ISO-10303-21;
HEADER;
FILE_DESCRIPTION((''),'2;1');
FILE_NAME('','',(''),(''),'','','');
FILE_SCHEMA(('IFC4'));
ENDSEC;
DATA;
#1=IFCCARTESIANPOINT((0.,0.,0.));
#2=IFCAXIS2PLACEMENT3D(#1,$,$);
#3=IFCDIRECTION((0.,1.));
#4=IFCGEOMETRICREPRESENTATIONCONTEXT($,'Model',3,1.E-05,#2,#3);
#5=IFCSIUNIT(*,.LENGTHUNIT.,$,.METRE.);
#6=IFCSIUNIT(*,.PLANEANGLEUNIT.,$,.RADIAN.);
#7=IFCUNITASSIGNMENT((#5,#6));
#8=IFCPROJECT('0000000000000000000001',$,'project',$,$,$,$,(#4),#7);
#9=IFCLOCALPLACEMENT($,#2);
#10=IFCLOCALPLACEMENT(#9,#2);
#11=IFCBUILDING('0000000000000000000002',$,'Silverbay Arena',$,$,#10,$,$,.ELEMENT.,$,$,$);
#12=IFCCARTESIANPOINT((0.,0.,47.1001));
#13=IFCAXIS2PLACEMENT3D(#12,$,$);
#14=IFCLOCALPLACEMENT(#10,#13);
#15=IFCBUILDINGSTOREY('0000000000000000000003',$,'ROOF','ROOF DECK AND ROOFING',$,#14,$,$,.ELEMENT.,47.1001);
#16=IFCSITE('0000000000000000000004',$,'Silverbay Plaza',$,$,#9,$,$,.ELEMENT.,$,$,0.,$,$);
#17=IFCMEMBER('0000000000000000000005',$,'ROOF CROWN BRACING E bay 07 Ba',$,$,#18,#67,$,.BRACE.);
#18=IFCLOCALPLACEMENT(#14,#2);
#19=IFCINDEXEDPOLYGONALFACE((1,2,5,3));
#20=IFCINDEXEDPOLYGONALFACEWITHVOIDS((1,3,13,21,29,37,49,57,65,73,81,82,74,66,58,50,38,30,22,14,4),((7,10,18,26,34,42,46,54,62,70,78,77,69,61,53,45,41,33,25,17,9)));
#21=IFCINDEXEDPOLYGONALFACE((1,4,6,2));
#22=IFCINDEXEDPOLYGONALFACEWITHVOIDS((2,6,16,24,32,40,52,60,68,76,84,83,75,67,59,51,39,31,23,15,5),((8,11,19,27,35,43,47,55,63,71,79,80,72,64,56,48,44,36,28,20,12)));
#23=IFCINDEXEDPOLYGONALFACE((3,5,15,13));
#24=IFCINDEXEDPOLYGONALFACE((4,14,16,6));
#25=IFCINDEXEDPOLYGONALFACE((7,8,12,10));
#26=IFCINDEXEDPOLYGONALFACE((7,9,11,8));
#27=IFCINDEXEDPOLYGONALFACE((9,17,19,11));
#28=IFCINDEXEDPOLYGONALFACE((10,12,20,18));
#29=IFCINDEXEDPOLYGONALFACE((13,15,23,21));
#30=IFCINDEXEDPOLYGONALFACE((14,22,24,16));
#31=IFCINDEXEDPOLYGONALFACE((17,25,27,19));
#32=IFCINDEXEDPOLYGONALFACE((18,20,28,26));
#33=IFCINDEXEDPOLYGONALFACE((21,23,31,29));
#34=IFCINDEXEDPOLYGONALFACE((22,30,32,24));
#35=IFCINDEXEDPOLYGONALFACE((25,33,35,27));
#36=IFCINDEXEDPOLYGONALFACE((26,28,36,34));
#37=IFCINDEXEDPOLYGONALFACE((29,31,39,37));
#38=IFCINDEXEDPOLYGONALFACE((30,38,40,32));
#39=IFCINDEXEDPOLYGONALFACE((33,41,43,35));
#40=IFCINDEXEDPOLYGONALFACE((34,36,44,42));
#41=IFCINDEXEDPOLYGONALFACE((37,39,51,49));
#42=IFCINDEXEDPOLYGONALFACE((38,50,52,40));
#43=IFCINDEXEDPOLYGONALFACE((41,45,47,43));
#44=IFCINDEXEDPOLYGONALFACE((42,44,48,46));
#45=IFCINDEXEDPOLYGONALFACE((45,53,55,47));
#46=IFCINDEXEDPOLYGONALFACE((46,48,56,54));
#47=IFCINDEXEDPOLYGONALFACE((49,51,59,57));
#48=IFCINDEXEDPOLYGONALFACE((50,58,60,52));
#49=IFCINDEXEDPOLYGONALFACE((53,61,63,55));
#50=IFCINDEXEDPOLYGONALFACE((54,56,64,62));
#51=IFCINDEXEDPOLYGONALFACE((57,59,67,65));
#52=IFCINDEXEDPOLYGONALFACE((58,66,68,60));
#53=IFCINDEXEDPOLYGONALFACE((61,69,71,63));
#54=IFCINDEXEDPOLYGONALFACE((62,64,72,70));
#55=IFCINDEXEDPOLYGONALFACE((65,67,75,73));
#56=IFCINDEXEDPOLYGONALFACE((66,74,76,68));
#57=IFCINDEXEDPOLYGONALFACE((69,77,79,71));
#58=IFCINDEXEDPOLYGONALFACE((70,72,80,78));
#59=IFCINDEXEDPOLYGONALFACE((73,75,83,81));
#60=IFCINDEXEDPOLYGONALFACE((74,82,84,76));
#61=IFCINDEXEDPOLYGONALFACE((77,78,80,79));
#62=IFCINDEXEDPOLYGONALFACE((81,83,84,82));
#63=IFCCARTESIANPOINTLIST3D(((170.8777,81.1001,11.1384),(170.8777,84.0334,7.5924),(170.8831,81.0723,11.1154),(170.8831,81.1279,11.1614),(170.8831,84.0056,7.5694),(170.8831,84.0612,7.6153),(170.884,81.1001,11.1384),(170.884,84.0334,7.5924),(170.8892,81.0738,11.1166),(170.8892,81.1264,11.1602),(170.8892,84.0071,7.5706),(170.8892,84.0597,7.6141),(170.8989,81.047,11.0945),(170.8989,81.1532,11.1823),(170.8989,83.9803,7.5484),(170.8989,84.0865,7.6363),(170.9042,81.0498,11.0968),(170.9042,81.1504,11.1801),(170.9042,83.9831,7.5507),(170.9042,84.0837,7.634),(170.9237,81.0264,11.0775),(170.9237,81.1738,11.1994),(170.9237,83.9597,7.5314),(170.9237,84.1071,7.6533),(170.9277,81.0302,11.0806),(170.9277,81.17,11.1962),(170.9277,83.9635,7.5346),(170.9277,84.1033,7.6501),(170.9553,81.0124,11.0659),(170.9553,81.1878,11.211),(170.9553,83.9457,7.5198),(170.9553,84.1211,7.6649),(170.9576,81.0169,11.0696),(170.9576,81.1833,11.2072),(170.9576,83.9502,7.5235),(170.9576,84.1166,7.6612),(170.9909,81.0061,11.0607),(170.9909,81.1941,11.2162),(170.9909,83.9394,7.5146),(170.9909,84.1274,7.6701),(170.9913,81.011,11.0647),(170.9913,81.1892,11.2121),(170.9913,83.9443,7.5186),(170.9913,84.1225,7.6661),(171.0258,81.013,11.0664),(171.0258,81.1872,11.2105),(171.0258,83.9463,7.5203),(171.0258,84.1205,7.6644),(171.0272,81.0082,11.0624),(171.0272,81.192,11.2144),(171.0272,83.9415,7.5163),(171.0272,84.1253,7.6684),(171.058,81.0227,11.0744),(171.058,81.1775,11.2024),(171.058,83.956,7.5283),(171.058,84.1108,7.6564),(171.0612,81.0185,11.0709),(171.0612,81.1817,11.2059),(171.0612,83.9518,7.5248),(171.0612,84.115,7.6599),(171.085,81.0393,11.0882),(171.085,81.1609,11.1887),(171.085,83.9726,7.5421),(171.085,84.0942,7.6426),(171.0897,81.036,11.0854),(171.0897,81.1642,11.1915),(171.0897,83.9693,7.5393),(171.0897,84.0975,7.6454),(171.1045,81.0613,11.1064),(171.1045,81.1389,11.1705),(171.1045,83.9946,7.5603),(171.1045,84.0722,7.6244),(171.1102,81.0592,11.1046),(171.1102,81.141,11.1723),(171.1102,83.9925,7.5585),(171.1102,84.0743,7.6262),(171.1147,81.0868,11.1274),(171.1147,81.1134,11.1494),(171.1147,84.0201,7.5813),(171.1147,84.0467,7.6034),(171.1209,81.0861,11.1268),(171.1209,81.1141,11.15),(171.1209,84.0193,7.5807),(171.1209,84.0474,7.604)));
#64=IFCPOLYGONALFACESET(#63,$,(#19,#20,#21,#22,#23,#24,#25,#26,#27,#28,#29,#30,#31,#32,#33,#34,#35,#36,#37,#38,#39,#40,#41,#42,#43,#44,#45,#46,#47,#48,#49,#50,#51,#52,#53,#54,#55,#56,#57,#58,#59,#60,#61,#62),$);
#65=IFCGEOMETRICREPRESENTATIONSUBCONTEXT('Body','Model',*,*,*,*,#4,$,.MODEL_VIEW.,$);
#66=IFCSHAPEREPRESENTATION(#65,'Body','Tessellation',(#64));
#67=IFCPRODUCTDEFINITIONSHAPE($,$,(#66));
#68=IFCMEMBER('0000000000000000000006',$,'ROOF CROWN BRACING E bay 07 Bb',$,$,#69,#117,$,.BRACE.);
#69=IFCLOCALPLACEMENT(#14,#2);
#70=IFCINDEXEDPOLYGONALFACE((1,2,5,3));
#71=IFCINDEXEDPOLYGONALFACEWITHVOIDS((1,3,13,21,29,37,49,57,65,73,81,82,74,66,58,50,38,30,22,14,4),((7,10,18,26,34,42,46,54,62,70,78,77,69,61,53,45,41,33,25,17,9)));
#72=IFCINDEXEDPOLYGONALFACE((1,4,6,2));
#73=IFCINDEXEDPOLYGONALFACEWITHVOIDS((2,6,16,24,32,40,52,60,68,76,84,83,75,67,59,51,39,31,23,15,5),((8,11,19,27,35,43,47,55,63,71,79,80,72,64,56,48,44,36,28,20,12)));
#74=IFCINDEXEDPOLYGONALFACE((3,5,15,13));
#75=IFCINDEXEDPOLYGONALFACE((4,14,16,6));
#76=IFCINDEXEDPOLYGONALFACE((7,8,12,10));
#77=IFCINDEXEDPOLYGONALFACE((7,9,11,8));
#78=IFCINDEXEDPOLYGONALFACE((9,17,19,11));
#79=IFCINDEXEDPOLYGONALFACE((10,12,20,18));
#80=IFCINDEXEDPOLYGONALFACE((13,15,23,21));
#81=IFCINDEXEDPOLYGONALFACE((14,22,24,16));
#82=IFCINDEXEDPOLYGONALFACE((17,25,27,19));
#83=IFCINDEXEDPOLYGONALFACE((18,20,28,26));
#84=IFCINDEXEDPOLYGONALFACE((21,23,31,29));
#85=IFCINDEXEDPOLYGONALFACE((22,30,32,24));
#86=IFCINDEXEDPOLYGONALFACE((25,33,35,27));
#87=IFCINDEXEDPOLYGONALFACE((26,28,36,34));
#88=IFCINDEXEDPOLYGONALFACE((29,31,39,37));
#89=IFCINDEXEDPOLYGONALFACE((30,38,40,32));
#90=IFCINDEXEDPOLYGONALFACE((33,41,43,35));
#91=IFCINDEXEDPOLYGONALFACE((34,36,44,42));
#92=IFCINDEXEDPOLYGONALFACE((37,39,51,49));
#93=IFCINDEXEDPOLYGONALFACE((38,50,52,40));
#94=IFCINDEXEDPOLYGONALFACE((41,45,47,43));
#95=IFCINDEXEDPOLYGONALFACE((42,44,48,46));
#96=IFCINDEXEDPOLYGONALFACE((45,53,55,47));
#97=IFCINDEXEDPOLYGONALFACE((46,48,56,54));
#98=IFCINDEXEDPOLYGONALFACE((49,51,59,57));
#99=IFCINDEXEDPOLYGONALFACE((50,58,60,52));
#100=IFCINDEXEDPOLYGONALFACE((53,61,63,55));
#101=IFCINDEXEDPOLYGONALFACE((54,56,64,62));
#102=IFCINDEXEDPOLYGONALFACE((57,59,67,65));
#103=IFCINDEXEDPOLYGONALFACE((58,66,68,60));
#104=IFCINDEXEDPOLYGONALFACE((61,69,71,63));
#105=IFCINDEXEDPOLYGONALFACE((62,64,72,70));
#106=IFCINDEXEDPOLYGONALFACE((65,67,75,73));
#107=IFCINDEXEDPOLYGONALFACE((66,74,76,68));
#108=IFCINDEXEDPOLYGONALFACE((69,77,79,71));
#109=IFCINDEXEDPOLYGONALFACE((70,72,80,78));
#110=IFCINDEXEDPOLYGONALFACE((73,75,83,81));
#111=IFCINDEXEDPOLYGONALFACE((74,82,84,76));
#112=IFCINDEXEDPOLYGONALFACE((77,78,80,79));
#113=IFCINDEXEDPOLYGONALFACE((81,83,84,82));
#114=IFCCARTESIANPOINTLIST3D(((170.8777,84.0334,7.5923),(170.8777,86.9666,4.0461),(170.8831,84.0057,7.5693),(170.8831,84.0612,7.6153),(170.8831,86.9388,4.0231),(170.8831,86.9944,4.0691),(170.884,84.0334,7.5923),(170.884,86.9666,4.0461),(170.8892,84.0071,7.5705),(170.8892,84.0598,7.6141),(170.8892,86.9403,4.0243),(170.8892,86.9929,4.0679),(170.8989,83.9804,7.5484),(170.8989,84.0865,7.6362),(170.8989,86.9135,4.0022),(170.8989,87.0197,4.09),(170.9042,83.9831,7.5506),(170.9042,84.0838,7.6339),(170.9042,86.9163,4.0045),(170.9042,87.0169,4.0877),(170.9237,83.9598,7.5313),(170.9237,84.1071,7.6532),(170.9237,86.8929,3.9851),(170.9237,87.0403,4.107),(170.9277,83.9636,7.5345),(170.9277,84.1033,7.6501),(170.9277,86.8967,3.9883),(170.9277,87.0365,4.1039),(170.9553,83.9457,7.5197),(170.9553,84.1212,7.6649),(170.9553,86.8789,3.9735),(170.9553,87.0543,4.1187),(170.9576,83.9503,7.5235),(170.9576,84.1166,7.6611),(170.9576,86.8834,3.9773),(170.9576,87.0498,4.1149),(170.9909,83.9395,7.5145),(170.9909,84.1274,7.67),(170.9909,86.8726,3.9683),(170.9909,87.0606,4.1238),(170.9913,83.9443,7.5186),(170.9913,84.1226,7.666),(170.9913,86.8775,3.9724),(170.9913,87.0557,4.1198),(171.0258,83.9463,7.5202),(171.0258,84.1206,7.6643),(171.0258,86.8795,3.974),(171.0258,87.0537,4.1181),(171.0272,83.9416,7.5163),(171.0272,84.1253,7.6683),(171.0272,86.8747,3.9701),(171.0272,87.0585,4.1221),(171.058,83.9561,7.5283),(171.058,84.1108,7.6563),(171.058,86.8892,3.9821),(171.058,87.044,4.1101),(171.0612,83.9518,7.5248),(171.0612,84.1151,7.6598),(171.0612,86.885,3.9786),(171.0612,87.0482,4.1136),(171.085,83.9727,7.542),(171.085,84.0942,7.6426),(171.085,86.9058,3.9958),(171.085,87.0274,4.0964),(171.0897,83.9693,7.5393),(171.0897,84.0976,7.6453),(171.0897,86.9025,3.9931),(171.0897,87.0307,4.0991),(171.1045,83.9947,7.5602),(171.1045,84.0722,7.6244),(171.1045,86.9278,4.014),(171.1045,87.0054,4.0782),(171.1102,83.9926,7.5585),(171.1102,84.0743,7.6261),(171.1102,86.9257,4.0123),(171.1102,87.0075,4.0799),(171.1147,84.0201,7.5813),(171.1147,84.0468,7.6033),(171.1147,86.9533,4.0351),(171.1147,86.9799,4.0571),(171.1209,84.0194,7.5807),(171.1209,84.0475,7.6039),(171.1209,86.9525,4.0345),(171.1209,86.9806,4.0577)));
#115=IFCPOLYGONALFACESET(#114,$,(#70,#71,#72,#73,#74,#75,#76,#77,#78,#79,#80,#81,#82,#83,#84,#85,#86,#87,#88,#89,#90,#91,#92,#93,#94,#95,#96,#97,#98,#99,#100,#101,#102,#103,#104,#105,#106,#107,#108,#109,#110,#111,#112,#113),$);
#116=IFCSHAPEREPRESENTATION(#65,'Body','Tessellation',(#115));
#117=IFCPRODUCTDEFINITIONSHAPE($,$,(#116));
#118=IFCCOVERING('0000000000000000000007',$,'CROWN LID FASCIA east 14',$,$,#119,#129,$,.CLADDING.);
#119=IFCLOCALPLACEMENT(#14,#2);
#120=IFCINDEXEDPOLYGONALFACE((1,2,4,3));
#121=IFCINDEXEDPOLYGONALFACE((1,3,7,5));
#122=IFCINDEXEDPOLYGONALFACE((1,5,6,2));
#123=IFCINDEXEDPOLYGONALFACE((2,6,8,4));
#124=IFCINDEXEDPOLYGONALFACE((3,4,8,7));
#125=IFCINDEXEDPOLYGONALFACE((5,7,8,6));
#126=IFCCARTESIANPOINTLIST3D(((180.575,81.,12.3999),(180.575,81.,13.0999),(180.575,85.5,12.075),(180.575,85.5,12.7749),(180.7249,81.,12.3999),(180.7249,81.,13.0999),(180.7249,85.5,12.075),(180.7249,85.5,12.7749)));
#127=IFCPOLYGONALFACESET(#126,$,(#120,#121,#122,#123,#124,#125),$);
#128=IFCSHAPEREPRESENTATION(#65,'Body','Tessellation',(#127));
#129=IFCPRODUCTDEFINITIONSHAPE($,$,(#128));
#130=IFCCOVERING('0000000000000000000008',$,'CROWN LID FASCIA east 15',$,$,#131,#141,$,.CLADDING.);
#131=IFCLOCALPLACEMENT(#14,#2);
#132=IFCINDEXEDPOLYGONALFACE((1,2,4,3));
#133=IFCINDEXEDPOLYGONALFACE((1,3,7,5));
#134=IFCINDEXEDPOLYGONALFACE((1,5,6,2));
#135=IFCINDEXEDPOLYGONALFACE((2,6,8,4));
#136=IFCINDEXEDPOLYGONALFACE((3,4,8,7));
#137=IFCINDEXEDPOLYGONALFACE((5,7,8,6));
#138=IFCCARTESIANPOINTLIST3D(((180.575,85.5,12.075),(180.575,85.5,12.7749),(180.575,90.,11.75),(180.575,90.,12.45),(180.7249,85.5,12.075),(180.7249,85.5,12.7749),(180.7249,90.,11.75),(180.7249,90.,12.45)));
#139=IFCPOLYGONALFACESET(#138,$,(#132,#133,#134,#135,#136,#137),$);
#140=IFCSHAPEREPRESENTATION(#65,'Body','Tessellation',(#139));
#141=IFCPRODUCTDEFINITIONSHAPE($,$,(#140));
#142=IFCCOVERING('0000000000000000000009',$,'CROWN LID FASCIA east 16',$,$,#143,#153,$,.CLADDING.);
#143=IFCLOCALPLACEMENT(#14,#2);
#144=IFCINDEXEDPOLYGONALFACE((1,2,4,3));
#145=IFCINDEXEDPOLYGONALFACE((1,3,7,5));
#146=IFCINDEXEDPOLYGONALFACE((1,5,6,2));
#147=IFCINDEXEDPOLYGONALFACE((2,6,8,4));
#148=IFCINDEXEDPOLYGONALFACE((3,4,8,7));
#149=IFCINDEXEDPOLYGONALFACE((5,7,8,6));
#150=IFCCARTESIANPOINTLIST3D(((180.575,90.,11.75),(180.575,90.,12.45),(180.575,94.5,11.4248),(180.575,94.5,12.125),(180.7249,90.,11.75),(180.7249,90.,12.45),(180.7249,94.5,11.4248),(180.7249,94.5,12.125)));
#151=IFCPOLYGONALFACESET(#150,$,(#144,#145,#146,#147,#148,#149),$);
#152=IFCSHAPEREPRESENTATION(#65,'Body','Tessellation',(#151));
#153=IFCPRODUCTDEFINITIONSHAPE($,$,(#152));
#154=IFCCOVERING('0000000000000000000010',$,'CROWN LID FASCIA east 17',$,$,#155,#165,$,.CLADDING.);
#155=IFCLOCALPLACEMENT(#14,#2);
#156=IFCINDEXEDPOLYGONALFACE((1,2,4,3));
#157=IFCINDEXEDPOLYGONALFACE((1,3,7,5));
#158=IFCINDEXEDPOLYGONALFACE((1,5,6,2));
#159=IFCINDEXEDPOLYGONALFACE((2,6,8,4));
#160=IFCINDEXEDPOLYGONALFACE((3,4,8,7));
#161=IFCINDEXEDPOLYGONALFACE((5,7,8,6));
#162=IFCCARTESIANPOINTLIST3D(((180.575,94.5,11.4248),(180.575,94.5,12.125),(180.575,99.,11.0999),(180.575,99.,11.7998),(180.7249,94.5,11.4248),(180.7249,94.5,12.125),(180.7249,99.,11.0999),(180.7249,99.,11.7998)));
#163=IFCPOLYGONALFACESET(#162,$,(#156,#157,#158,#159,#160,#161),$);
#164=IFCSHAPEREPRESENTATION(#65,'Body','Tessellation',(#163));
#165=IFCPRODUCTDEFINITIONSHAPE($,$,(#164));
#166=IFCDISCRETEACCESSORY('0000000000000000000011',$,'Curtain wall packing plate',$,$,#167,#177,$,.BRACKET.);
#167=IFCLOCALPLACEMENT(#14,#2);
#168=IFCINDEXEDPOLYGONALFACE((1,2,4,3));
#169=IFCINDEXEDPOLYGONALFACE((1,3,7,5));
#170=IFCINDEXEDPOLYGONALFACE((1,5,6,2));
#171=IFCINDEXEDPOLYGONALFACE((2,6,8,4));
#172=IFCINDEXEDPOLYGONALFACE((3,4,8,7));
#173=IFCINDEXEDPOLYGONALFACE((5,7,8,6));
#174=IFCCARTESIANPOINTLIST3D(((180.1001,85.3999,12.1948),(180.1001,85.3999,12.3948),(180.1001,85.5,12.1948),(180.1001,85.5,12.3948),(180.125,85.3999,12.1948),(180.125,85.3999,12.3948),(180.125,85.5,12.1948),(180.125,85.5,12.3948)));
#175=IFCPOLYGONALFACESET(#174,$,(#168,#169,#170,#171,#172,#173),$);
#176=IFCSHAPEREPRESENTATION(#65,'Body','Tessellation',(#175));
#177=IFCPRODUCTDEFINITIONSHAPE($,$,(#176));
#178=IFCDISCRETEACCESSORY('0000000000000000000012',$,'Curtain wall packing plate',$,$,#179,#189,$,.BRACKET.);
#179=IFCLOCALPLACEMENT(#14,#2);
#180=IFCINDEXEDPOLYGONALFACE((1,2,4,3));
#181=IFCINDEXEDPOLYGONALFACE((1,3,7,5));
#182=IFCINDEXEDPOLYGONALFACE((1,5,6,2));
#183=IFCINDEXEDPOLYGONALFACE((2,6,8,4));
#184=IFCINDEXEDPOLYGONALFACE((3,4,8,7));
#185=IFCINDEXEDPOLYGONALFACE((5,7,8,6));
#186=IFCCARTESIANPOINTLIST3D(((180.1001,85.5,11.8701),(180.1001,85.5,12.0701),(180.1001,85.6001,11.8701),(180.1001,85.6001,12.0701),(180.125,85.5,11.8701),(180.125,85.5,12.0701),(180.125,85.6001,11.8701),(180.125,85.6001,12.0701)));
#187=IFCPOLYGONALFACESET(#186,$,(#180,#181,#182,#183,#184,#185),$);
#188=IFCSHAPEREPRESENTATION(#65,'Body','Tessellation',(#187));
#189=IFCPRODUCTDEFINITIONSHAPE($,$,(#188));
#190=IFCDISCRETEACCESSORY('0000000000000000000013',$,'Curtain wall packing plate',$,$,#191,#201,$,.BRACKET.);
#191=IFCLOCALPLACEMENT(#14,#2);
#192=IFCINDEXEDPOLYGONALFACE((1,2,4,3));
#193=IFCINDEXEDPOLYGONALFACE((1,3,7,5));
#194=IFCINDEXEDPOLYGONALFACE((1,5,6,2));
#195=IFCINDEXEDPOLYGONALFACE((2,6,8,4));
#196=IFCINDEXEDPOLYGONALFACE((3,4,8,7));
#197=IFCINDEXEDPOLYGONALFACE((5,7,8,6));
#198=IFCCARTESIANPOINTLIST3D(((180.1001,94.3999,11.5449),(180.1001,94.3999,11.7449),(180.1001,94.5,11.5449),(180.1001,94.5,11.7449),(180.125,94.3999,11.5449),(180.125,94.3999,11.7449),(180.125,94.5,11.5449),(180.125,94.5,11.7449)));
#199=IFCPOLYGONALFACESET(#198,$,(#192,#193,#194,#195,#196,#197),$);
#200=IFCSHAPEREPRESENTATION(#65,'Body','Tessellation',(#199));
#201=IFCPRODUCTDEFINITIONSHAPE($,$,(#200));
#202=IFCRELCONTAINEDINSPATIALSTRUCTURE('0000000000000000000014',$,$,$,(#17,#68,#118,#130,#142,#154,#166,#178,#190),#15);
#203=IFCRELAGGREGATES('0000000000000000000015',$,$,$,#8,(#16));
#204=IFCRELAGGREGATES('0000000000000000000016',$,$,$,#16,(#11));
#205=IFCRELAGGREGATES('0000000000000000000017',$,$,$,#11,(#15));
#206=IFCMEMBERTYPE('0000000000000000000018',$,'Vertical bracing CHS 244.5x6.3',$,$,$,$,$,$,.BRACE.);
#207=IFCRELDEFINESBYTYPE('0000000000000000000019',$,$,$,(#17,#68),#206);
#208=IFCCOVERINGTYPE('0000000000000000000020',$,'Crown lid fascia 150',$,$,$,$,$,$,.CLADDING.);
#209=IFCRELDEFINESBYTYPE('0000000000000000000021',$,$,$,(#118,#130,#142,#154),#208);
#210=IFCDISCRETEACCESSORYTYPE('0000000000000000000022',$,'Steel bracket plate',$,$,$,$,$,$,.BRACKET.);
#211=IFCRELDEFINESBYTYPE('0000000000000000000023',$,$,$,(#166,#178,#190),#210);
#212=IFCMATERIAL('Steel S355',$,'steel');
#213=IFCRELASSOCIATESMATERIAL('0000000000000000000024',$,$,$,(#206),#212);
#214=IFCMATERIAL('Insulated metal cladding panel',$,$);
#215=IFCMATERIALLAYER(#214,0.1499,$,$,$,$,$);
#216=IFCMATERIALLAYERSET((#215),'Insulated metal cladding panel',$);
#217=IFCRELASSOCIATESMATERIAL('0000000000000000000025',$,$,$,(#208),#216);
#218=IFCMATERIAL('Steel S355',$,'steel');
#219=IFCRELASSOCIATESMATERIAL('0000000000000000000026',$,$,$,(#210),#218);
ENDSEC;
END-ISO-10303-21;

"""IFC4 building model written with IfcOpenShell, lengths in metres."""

from ifc_helpers import new_model, si_unit, direction, frame, origin, origin_2d, place, context, subcontext, project, spatial, polyline, rectangle, hollow_circle, outline, extrude, material, layer, layer_set, material_profile, profile_set, type_object, element, save


model = new_model("IFC4")

# Units and contexts
model_context = context("Model", 3, precision=1e-05, world=origin(), true_north=direction((0.0, 1.0)))
body_context = subcontext(model_context, "Body", "Model", "MODEL_VIEW")
ifc_project = project(units=[si_unit("LENGTHUNIT", "METRE"), si_unit("PLANEANGLEUNIT", "RADIAN")], contexts=[model_context])

# Site, building, storey
site_placement = place(None, origin())
site = spatial("IfcSite", under=ifc_project, at=site_placement, Name="Silverbay Plaza", CompositionType="ELEMENT", RefElevation=0.0)
building_placement = place(site_placement, origin())
building = spatial("IfcBuilding", under=site, at=building_placement, Name="Silverbay Arena", CompositionType="ELEMENT")
storey_placement = place(building_placement, frame((0.0, 0.0, 47.1001)))
storey = spatial("IfcBuildingStorey", under=building, at=storey_placement, Name="ROOF", Description="ROOF DECK AND ROOFING", CompositionType="ELEMENT", Elevation=47.1001)

# Members
ifc_material_1 = material(Name="Steel S355", Category="steel")
ifc_material_profile_1 = material_profile(ifc_material_1, hollow_circle(Radius=0.1223, WallThickness=0.0063, at=origin_2d()), Name="CHS 244.5x6.3")
ifc_profile_set_1 = profile_set([ifc_material_profile_1], Name="Steel S355")
member_type_1 = type_object("IfcMemberType", Name="Vertical bracing CHS 244.5x6.3", PredefinedType="BRACE", material=ifc_profile_set_1)
for number, where, z_axis, x_axis, name in (
    (1, (171.0, 81.1001, 11.1384), (0.0, 0.637389, -0.770543), (-1.0, 0.0, 0.0), "ROOF CROWN BRACING E bay 07 Ba"),
    (2, (171.0, 84.0334, 7.5923), (0.0, 0.637357, -0.770569), (-1.0, 0.0, 0.0), "ROOF CROWN BRACING E bay 07 Bb"),
):
    element("IfcMember", number, at=place(storey_placement, frame(where, z_axis=z_axis, x_axis=x_axis)), inside=storey, type_object=member_type_1, Name=name, PredefinedType="BRACE", context=body_context, shape_type="SweptSolid", body=[
        extrude(hollow_circle(Radius=0.1223, WallThickness=0.0063, at=origin_2d()), origin(), (0.0, 0.0, 1.0), 4.6021),
    ])

# Coverings
ifc_material_2 = material(Name="Insulated metal cladding panel")
ifc_layer_1 = layer(ifc_material_2, 0.1499)
ifc_layer_set_1 = layer_set([ifc_layer_1], Name="Insulated metal cladding panel")
covering_type = type_object("IfcCoveringType", Name="Crown lid fascia 150", PredefinedType="CLADDING", material=ifc_layer_set_1)
for number, where, z_axis, x_axis, name in (
    (3, (180.575, 81.0, 13.0999), (-1.0, 0.0, 0.0), (0.0, 0.997403, -0.072024), "CROWN LID FASCIA east 14"),
    (4, (180.575, 85.5, 12.7749), (-1.0, 0.0, 0.0), (0.0, 0.997403, -0.072024), "CROWN LID FASCIA east 15"),
):
    element("IfcCovering", number, at=place(storey_placement, frame(where, z_axis=z_axis, x_axis=x_axis)), inside=storey, type_object=covering_type, Name=name, PredefinedType="CLADDING", context=body_context, shape_type="SweptSolid", body=[
        extrude(outline(polyline([(0.0, 0.0), (4.5117, 0.0), (4.5621, 0.6981), (0.0504, 0.6981), (0.0, 0.0)])), origin(), (0.0, 0.0, -1.0), 0.1499),
    ])
covering_1_placement = place(storey_placement, frame((180.575, 90.0, 12.45), z_axis=(-1.0, 0.0, 0.0), x_axis=(0.0, 0.997403, -0.072024)))
element("IfcCovering", 5, at=covering_1_placement, inside=storey, type_object=covering_type, Name="CROWN LID FASCIA east 16", PredefinedType="CLADDING", context=body_context, shape_type="SweptSolid", body=[
    extrude(outline(polyline([(0.0, 0.0), (4.5117, 0.0), (4.5621, 0.6984), (0.0504, 0.6981), (0.0, 0.0)])), origin(), (0.0, 0.0, -1.0), 0.1499),
])
covering_2_placement = place(storey_placement, frame((180.575, 94.5, 12.125), z_axis=(-1.0, 0.0, 0.0), x_axis=(0.0, 0.997399, -0.072078)))
element("IfcCovering", 6, at=covering_2_placement, inside=storey, type_object=covering_type, Name="CROWN LID FASCIA east 17", PredefinedType="CLADDING", context=body_context, shape_type="SweptSolid", body=[
    extrude(outline(polyline([(0.0, 0.0), (4.5117, 0.0), (4.5622, 0.6981), (0.0505, 0.6984), (0.0, 0.0)])), origin(), (0.0, 0.0, -1.0), 0.1499),
])

# Discrete accessories
ifc_material_3 = material(Name="Steel S355", Category="steel")
discrete_accessory_type = type_object("IfcDiscreteAccessoryType", Name="Steel bracket plate", PredefinedType="BRACKET", material=ifc_material_3)
for number, where, z_axis, x_axis, name in (
    (7, (180.1125, 85.45, 12.1948), (0.0, 0.0, 1.0), (1.0, 0.0, 0.0), "Curtain wall packing plate"),
    (8, (180.1125, 85.55, 11.8701), (0.0, 0.0, 1.0), (1.0, 0.0, 0.0), "Curtain wall packing plate"),
    (9, (180.1125, 94.45, 11.5449), (0.0, 0.0, 1.0), (1.0, 0.0, 0.0), "Curtain wall packing plate"),
):
    element("IfcDiscreteAccessory", number, at=place(storey_placement, frame(where, z_axis=z_axis, x_axis=x_axis)), inside=storey, type_object=discrete_accessory_type, Name=name, PredefinedType="BRACKET", context=body_context, shape_type="SweptSolid", body=[
        extrude(rectangle(XDim=0.0249, YDim=0.1001, at=origin_2d()), origin(), (0.0, 0.0, 1.0), 0.2),
    ])

save(model, "model.ifc")
